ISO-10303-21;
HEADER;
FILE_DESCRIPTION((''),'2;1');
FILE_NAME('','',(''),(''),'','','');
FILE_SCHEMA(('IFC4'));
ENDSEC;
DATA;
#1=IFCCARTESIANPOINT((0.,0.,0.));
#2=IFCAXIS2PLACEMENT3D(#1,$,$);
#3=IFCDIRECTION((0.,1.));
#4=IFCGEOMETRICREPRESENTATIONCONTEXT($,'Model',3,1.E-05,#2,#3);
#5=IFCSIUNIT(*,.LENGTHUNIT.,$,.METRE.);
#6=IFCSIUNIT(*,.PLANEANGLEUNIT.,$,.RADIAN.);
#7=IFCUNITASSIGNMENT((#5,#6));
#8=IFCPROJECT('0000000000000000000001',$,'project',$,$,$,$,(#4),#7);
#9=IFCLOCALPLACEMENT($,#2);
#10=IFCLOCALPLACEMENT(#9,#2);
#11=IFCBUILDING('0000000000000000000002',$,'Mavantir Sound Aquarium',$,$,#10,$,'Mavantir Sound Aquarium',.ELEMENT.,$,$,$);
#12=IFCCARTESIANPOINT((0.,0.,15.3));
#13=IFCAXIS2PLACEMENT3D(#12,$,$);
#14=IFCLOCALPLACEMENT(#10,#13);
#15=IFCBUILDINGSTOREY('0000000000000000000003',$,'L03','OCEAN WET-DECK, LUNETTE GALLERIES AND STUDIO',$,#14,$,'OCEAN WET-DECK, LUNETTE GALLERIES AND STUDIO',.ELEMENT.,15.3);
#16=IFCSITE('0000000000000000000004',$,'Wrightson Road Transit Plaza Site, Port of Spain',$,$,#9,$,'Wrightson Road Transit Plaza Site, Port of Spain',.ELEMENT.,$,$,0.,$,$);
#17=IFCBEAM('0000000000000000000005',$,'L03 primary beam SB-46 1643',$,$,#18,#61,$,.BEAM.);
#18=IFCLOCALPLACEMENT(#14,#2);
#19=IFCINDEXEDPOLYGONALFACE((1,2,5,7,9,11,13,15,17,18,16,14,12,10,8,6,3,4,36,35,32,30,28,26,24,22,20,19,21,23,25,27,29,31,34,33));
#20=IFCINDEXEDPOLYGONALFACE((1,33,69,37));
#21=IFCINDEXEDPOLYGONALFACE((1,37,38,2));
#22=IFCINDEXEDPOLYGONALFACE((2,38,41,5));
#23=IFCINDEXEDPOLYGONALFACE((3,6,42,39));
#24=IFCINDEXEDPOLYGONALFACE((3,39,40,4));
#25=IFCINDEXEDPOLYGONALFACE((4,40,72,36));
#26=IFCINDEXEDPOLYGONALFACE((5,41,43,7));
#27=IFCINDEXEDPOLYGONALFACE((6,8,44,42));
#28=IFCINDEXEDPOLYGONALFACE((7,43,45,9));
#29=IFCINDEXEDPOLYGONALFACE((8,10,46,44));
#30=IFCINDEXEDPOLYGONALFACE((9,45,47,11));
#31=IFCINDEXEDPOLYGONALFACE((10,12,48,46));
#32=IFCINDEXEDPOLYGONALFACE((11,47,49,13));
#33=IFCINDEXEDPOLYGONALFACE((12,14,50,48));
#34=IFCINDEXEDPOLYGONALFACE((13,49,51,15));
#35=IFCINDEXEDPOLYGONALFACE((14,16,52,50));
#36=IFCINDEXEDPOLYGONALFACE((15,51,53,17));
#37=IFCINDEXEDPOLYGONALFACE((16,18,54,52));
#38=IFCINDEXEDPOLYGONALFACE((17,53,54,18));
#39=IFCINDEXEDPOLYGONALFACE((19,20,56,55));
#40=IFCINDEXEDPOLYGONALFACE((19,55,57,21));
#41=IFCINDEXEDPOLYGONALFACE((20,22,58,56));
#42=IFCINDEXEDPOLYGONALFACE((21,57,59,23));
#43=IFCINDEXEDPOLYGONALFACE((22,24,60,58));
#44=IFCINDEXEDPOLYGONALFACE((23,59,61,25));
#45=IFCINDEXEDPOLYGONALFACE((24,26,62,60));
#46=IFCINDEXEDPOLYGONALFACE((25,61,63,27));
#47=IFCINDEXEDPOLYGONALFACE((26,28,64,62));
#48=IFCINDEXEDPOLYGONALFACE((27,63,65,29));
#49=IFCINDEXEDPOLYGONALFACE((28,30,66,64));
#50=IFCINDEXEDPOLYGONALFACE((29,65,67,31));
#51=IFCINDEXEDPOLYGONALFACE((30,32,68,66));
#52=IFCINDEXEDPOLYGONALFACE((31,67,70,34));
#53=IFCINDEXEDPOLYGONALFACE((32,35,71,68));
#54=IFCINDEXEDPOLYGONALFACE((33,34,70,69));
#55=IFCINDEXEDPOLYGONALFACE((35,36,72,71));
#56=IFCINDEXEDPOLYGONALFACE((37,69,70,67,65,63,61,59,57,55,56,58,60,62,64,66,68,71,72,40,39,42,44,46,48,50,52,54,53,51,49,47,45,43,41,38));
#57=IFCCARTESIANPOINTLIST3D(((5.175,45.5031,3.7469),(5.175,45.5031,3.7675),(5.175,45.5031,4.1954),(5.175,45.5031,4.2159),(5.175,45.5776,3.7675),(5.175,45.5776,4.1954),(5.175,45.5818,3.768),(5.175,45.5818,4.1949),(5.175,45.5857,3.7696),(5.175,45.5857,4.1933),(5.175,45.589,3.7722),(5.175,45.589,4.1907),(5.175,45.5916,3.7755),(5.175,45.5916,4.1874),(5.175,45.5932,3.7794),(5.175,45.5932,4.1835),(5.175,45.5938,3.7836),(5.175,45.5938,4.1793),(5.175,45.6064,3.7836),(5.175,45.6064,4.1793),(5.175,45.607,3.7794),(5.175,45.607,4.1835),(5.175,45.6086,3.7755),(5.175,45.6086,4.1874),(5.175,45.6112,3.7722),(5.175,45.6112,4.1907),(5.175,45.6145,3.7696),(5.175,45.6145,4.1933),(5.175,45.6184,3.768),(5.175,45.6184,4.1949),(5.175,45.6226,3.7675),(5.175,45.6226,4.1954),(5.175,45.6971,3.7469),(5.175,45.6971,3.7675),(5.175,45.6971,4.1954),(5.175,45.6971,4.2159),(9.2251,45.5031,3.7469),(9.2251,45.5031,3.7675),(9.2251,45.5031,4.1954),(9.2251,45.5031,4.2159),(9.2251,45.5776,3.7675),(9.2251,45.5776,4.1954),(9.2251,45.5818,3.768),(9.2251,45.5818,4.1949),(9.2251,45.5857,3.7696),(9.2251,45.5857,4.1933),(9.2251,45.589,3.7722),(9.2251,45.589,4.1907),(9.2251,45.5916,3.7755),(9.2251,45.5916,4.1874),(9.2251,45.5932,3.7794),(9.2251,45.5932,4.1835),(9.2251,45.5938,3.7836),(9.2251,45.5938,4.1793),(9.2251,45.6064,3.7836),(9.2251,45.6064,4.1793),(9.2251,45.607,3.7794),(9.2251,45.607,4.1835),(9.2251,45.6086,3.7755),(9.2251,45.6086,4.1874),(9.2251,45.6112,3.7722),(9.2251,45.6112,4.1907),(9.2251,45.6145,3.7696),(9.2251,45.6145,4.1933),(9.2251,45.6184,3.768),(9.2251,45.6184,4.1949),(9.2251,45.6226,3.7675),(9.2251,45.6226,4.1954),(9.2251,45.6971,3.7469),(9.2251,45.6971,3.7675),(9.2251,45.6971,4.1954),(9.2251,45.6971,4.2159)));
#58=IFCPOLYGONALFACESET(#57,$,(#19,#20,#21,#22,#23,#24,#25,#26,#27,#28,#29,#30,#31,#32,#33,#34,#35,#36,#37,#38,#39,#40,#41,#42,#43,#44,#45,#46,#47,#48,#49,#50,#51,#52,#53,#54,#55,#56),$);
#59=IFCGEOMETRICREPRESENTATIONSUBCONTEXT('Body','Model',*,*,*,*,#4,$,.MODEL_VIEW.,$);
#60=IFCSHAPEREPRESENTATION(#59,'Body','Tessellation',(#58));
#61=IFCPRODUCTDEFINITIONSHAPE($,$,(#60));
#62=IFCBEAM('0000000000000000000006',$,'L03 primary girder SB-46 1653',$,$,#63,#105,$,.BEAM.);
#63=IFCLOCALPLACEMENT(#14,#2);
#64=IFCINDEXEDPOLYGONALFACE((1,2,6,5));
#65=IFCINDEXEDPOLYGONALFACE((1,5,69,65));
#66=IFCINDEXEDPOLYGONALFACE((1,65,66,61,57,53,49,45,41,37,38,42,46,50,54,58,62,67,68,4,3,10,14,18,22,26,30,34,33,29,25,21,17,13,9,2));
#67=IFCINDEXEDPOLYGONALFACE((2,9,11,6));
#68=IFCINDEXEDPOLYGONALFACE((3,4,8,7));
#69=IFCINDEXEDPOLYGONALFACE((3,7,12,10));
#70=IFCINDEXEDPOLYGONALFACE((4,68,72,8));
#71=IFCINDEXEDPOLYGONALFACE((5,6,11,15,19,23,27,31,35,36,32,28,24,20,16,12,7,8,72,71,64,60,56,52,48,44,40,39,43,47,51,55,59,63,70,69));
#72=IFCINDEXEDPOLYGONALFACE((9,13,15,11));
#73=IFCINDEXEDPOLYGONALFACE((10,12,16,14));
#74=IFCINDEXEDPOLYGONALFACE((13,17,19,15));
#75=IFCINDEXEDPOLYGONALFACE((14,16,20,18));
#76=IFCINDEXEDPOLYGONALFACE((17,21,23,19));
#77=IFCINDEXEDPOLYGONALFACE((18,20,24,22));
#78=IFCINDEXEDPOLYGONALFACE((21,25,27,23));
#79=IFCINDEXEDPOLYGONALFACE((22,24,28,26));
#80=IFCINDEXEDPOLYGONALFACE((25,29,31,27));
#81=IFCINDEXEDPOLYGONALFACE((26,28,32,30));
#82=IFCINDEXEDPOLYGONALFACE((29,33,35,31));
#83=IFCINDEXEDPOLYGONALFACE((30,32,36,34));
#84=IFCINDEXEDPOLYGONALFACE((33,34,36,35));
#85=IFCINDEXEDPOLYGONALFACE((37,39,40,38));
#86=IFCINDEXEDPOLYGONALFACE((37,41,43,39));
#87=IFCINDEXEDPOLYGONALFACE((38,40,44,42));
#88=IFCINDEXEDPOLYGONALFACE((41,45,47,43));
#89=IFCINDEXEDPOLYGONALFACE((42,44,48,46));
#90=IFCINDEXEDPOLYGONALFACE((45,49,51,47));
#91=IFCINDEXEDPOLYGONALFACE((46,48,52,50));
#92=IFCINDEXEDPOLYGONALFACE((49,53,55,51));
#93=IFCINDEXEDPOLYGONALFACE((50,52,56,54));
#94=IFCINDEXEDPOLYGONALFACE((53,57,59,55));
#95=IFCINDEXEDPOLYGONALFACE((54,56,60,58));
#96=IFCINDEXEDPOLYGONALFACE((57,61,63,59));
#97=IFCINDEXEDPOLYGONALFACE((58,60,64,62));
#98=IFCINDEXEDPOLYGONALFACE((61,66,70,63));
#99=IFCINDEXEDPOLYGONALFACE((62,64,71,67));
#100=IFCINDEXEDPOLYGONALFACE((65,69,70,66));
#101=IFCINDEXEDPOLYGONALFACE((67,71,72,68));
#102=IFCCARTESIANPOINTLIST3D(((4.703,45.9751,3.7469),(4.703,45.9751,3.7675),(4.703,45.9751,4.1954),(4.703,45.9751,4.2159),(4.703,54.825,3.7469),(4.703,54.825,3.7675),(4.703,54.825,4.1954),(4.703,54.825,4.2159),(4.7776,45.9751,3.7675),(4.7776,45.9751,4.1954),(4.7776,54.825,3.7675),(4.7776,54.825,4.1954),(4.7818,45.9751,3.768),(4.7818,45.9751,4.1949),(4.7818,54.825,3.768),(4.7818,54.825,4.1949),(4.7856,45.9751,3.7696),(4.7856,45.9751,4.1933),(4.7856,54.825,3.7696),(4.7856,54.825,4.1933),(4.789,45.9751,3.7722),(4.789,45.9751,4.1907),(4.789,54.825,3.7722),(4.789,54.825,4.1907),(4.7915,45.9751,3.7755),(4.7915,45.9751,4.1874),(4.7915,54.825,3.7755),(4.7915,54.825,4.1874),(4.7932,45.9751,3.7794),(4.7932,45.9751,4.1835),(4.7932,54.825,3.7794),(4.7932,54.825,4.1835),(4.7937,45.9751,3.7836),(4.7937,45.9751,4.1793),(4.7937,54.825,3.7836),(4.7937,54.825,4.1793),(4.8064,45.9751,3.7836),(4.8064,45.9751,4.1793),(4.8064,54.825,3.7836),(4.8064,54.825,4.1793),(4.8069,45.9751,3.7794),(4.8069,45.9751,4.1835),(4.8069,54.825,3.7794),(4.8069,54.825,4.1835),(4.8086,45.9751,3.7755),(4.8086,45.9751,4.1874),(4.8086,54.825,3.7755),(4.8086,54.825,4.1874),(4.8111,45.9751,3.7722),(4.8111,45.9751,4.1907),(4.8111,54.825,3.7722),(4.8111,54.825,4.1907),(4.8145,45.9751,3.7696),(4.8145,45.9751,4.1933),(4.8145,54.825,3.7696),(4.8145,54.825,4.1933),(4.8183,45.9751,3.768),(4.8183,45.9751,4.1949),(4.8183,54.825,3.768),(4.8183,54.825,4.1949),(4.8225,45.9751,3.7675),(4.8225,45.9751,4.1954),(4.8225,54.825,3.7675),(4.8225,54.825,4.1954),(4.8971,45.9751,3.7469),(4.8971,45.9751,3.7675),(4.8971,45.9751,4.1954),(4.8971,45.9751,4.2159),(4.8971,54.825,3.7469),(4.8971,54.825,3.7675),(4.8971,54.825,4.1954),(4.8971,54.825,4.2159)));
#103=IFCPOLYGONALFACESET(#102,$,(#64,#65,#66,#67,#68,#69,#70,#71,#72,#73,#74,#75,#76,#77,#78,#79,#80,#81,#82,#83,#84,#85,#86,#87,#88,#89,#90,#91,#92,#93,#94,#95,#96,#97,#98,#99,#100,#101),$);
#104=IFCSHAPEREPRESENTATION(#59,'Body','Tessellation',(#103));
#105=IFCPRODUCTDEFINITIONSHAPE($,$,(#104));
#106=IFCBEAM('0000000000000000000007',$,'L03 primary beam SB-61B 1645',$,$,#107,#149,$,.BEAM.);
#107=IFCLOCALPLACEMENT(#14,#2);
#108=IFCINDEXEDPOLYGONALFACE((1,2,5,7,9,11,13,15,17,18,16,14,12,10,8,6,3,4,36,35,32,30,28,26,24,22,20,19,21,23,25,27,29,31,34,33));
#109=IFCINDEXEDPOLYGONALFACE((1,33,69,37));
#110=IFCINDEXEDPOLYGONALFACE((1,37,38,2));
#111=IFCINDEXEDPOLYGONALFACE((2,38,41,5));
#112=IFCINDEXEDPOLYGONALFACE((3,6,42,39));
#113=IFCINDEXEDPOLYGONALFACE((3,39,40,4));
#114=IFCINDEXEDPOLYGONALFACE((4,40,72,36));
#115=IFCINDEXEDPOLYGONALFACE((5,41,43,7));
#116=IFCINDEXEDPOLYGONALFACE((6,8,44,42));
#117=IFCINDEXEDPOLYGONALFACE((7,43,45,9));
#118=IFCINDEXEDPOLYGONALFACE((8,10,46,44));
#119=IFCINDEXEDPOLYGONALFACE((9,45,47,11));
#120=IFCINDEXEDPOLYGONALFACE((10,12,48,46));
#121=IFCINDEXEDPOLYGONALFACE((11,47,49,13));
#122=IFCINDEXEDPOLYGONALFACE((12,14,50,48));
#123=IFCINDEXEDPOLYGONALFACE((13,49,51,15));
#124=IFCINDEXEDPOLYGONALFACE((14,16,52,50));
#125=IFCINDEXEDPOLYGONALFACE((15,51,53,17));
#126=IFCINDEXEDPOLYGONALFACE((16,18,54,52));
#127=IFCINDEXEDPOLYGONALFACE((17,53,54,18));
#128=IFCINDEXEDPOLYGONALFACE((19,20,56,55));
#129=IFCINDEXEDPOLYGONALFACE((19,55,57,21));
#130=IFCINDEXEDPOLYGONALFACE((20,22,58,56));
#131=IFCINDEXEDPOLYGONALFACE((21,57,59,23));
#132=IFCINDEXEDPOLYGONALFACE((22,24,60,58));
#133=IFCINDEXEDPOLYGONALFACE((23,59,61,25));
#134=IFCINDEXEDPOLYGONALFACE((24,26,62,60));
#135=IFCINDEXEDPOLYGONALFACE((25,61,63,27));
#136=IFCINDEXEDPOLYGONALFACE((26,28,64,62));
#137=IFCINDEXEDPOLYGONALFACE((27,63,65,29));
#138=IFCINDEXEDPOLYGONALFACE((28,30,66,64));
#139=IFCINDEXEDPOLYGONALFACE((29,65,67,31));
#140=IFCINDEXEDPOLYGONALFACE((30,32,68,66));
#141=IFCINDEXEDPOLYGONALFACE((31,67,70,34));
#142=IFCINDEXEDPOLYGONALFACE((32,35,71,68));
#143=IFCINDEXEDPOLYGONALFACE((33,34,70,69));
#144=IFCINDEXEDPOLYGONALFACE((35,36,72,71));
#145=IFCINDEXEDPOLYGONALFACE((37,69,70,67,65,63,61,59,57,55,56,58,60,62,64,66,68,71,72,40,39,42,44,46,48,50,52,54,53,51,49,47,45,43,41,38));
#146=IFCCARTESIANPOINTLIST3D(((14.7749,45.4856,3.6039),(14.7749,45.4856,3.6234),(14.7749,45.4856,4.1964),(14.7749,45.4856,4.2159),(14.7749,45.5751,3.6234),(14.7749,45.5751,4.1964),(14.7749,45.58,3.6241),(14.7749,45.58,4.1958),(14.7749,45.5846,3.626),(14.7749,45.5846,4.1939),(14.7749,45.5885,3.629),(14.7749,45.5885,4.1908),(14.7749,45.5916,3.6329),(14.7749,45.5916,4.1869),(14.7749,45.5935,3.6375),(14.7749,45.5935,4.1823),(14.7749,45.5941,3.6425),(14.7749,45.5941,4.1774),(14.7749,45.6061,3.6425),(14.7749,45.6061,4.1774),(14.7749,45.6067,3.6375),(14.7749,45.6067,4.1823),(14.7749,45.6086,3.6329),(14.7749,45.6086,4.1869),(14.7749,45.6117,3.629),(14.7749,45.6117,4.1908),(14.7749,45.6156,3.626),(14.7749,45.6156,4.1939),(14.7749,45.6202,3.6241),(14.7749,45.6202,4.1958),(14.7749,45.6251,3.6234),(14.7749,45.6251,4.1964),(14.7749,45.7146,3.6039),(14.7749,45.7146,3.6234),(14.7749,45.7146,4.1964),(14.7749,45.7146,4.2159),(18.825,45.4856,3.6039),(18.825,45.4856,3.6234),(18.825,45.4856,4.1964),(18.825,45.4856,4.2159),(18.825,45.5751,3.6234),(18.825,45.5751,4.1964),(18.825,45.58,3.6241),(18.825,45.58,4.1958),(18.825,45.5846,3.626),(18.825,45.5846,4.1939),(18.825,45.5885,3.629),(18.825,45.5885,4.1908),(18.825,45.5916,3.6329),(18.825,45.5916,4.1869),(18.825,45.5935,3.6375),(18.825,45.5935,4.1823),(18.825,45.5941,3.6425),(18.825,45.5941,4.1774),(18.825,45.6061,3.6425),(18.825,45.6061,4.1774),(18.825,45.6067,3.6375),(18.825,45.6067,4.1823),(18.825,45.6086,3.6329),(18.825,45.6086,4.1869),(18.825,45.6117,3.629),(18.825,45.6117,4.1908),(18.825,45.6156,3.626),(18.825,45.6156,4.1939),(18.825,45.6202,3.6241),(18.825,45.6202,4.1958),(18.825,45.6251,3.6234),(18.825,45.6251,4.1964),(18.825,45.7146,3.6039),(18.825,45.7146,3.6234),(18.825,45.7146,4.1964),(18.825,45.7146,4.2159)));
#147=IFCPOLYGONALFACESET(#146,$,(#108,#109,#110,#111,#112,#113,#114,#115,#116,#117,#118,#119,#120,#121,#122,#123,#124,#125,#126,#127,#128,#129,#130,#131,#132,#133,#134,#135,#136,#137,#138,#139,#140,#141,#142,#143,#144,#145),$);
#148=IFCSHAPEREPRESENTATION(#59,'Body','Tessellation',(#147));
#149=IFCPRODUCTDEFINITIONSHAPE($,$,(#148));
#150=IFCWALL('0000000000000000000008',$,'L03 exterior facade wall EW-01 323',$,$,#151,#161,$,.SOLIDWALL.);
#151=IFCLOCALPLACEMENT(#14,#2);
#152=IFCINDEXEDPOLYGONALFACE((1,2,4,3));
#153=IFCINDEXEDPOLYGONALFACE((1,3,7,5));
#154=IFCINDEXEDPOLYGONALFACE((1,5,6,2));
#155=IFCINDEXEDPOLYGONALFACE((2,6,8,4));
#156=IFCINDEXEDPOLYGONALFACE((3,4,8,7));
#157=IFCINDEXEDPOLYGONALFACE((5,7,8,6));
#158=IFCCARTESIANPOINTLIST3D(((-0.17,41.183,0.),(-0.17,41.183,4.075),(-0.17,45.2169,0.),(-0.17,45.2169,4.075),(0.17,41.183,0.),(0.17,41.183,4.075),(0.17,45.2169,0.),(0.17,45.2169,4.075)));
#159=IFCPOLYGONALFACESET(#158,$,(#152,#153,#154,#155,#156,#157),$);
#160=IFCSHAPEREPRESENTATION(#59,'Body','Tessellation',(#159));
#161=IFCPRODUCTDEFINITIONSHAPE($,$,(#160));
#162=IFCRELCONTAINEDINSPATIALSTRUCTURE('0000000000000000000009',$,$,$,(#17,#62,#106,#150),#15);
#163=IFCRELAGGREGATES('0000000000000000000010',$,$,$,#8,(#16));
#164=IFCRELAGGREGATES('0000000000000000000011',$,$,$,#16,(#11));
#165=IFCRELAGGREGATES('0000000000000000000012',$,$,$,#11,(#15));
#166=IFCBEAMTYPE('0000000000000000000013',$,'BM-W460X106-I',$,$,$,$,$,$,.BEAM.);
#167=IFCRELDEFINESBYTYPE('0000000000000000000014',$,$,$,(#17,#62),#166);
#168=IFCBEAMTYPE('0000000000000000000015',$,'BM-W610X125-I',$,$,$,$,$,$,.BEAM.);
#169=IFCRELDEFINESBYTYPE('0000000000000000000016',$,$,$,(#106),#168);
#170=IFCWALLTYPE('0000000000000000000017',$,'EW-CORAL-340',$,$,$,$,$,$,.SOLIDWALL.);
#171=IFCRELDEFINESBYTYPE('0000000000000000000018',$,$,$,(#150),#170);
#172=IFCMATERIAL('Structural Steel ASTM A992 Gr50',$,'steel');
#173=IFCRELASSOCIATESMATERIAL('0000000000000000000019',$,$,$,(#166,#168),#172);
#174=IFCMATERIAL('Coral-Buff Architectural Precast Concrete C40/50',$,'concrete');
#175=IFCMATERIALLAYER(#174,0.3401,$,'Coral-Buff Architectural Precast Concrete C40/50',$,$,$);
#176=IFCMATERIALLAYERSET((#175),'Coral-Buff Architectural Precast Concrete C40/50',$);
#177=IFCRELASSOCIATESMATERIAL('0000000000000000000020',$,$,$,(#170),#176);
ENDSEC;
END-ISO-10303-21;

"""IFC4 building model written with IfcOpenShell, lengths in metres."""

from ifc_helpers import new_model, si_unit, direction, frame, frame_2d, origin, origin_2d, place, context, subcontext, project, spatial, rectangle, i_section, extrude, material, layer, layer_set, material_profile, profile_set, type_object, element, save


model = new_model("IFC4")

# Units and contexts
model_context = context("Model", 3, precision=1e-05, world=origin(), true_north=direction((0.0, 1.0)))
body_context = subcontext(model_context, "Body", "Model", "MODEL_VIEW")
ifc_project = project(units=[si_unit("LENGTHUNIT", "METRE"), si_unit("PLANEANGLEUNIT", "RADIAN")], contexts=[model_context])

# Site, building, storey
site_placement = place(None, origin())
site = spatial("IfcSite", under=ifc_project, at=site_placement, Name="Wrightson Road Transit Plaza Site, Port of Spain", LongName="Wrightson Road Transit Plaza Site, Port of Spain", CompositionType="ELEMENT", RefElevation=0.0)
building_placement = place(site_placement, origin())
building = spatial("IfcBuilding", under=site, at=building_placement, Name="Mavantir Sound Aquarium", LongName="Mavantir Sound Aquarium", CompositionType="ELEMENT")
storey_placement = place(building_placement, frame((0.0, 0.0, 15.3)))
storey = spatial("IfcBuildingStorey", under=building, at=storey_placement, Name="L03", Description="OCEAN WET-DECK, LUNETTE GALLERIES AND STUDIO", LongName="OCEAN WET-DECK, LUNETTE GALLERIES AND STUDIO", CompositionType="ELEMENT", Elevation=15.3)

# Beams
ifc_material_1 = material(Name="Structural Steel ASTM A992 Gr50", Category="steel")
ifc_material_profile_1 = material_profile(ifc_material_1, i_section(OverallWidth=0.1941, OverallDepth=0.469, WebThickness=0.0127, FlangeThickness=0.0205, FilletRadius=0.0161, at=origin_2d()), Name="W460X106")
ifc_profile_set_1 = profile_set([ifc_material_profile_1], Name="Structural Steel ASTM A992 Gr50")
beam_type_1 = type_object("IfcBeamType", Name="BM-W460X106-I", PredefinedType="BEAM", material=ifc_profile_set_1)
beam_1_placement = place(storey_placement, frame((5.175, 45.6001, 3.9814), z_axis=(1.0, 0.0, 0.0), x_axis=(0.0, 1.0, 0.0)))
element("IfcBeam", 1, at=beam_1_placement, inside=storey, type_object=beam_type_1, Name="L03 primary beam SB-46 1643", PredefinedType="BEAM", context=body_context, shape_type="SweptSolid", body=[
    extrude(i_section(OverallWidth=0.1941, OverallDepth=0.469, WebThickness=0.0127, FlangeThickness=0.0205, FilletRadius=0.0161, at=origin_2d()), origin(), (0.0, 0.0, 1.0), 4.05),
])
beam_2_placement = place(storey_placement, frame((4.8, 45.9751, 3.9814), z_axis=(0.0, 1.0, 0.0), x_axis=(-1.0, 0.0, 0.0)))
element("IfcBeam", 2, at=beam_2_placement, inside=storey, type_object=beam_type_1, Name="L03 primary girder SB-46 1653", PredefinedType="BEAM", context=body_context, shape_type="SweptSolid", body=[
    extrude(i_section(OverallWidth=0.1941, OverallDepth=0.469, WebThickness=0.0127, FlangeThickness=0.0205, FilletRadius=0.0161, at=origin_2d()), origin(), (0.0, 0.0, 1.0), 8.8499),
])
ifc_material_profile_2 = material_profile(ifc_material_1, i_section(OverallWidth=0.229, OverallDepth=0.6121, WebThickness=0.012, FlangeThickness=0.0195, FilletRadius=0.019, at=origin_2d()), Name="W610X125")
ifc_profile_set_2 = profile_set([ifc_material_profile_2], Name="Structural Steel ASTM A992 Gr50")
beam_type_2 = type_object("IfcBeamType", Name="BM-W610X125-I", PredefinedType="BEAM", material=ifc_profile_set_2)
beam_3_placement = place(storey_placement, frame((14.7749, 45.6001, 3.9099), z_axis=(1.0, 0.0, 0.0), x_axis=(0.0, 1.0, 0.0)))
element("IfcBeam", 3, at=beam_3_placement, inside=storey, type_object=beam_type_2, Name="L03 primary beam SB-61B 1645", PredefinedType="BEAM", context=body_context, shape_type="SweptSolid", body=[
    extrude(i_section(OverallWidth=0.229, OverallDepth=0.6121, WebThickness=0.012, FlangeThickness=0.0195, FilletRadius=0.019, at=origin_2d()), origin(), (0.0, 0.0, 1.0), 4.05),
])

# Wall
ifc_material_2 = material(Name="Coral-Buff Architectural Precast Concrete C40/50", Category="concrete")
ifc_layer_1 = layer(ifc_material_2, 0.3401, Name="Coral-Buff Architectural Precast Concrete C40/50")
ifc_layer_set_1 = layer_set([ifc_layer_1], Name="Coral-Buff Architectural Precast Concrete C40/50")
wall_type_1 = type_object("IfcWallType", Name="EW-CORAL-340", PredefinedType="SOLIDWALL", material=ifc_layer_set_1)
wall_1_placement = place(storey_placement, frame((0.0, 45.217, 0.0), z_axis=(0.0, 0.0, 1.0), x_axis=(0.0, -1.0, 0.0)))
element("IfcWall", 4, at=wall_1_placement, inside=storey, type_object=wall_type_1, Name="L03 exterior facade wall EW-01 323", PredefinedType="SOLIDWALL", context=body_context, shape_type="SweptSolid", body=[
    extrude(rectangle(XDim=4.0339, YDim=0.3401, at=frame_2d((2.0171, 0.0))), origin(), (0.0, 0.0, 1.0), 4.075),
])

save(model, "model.ifc")
